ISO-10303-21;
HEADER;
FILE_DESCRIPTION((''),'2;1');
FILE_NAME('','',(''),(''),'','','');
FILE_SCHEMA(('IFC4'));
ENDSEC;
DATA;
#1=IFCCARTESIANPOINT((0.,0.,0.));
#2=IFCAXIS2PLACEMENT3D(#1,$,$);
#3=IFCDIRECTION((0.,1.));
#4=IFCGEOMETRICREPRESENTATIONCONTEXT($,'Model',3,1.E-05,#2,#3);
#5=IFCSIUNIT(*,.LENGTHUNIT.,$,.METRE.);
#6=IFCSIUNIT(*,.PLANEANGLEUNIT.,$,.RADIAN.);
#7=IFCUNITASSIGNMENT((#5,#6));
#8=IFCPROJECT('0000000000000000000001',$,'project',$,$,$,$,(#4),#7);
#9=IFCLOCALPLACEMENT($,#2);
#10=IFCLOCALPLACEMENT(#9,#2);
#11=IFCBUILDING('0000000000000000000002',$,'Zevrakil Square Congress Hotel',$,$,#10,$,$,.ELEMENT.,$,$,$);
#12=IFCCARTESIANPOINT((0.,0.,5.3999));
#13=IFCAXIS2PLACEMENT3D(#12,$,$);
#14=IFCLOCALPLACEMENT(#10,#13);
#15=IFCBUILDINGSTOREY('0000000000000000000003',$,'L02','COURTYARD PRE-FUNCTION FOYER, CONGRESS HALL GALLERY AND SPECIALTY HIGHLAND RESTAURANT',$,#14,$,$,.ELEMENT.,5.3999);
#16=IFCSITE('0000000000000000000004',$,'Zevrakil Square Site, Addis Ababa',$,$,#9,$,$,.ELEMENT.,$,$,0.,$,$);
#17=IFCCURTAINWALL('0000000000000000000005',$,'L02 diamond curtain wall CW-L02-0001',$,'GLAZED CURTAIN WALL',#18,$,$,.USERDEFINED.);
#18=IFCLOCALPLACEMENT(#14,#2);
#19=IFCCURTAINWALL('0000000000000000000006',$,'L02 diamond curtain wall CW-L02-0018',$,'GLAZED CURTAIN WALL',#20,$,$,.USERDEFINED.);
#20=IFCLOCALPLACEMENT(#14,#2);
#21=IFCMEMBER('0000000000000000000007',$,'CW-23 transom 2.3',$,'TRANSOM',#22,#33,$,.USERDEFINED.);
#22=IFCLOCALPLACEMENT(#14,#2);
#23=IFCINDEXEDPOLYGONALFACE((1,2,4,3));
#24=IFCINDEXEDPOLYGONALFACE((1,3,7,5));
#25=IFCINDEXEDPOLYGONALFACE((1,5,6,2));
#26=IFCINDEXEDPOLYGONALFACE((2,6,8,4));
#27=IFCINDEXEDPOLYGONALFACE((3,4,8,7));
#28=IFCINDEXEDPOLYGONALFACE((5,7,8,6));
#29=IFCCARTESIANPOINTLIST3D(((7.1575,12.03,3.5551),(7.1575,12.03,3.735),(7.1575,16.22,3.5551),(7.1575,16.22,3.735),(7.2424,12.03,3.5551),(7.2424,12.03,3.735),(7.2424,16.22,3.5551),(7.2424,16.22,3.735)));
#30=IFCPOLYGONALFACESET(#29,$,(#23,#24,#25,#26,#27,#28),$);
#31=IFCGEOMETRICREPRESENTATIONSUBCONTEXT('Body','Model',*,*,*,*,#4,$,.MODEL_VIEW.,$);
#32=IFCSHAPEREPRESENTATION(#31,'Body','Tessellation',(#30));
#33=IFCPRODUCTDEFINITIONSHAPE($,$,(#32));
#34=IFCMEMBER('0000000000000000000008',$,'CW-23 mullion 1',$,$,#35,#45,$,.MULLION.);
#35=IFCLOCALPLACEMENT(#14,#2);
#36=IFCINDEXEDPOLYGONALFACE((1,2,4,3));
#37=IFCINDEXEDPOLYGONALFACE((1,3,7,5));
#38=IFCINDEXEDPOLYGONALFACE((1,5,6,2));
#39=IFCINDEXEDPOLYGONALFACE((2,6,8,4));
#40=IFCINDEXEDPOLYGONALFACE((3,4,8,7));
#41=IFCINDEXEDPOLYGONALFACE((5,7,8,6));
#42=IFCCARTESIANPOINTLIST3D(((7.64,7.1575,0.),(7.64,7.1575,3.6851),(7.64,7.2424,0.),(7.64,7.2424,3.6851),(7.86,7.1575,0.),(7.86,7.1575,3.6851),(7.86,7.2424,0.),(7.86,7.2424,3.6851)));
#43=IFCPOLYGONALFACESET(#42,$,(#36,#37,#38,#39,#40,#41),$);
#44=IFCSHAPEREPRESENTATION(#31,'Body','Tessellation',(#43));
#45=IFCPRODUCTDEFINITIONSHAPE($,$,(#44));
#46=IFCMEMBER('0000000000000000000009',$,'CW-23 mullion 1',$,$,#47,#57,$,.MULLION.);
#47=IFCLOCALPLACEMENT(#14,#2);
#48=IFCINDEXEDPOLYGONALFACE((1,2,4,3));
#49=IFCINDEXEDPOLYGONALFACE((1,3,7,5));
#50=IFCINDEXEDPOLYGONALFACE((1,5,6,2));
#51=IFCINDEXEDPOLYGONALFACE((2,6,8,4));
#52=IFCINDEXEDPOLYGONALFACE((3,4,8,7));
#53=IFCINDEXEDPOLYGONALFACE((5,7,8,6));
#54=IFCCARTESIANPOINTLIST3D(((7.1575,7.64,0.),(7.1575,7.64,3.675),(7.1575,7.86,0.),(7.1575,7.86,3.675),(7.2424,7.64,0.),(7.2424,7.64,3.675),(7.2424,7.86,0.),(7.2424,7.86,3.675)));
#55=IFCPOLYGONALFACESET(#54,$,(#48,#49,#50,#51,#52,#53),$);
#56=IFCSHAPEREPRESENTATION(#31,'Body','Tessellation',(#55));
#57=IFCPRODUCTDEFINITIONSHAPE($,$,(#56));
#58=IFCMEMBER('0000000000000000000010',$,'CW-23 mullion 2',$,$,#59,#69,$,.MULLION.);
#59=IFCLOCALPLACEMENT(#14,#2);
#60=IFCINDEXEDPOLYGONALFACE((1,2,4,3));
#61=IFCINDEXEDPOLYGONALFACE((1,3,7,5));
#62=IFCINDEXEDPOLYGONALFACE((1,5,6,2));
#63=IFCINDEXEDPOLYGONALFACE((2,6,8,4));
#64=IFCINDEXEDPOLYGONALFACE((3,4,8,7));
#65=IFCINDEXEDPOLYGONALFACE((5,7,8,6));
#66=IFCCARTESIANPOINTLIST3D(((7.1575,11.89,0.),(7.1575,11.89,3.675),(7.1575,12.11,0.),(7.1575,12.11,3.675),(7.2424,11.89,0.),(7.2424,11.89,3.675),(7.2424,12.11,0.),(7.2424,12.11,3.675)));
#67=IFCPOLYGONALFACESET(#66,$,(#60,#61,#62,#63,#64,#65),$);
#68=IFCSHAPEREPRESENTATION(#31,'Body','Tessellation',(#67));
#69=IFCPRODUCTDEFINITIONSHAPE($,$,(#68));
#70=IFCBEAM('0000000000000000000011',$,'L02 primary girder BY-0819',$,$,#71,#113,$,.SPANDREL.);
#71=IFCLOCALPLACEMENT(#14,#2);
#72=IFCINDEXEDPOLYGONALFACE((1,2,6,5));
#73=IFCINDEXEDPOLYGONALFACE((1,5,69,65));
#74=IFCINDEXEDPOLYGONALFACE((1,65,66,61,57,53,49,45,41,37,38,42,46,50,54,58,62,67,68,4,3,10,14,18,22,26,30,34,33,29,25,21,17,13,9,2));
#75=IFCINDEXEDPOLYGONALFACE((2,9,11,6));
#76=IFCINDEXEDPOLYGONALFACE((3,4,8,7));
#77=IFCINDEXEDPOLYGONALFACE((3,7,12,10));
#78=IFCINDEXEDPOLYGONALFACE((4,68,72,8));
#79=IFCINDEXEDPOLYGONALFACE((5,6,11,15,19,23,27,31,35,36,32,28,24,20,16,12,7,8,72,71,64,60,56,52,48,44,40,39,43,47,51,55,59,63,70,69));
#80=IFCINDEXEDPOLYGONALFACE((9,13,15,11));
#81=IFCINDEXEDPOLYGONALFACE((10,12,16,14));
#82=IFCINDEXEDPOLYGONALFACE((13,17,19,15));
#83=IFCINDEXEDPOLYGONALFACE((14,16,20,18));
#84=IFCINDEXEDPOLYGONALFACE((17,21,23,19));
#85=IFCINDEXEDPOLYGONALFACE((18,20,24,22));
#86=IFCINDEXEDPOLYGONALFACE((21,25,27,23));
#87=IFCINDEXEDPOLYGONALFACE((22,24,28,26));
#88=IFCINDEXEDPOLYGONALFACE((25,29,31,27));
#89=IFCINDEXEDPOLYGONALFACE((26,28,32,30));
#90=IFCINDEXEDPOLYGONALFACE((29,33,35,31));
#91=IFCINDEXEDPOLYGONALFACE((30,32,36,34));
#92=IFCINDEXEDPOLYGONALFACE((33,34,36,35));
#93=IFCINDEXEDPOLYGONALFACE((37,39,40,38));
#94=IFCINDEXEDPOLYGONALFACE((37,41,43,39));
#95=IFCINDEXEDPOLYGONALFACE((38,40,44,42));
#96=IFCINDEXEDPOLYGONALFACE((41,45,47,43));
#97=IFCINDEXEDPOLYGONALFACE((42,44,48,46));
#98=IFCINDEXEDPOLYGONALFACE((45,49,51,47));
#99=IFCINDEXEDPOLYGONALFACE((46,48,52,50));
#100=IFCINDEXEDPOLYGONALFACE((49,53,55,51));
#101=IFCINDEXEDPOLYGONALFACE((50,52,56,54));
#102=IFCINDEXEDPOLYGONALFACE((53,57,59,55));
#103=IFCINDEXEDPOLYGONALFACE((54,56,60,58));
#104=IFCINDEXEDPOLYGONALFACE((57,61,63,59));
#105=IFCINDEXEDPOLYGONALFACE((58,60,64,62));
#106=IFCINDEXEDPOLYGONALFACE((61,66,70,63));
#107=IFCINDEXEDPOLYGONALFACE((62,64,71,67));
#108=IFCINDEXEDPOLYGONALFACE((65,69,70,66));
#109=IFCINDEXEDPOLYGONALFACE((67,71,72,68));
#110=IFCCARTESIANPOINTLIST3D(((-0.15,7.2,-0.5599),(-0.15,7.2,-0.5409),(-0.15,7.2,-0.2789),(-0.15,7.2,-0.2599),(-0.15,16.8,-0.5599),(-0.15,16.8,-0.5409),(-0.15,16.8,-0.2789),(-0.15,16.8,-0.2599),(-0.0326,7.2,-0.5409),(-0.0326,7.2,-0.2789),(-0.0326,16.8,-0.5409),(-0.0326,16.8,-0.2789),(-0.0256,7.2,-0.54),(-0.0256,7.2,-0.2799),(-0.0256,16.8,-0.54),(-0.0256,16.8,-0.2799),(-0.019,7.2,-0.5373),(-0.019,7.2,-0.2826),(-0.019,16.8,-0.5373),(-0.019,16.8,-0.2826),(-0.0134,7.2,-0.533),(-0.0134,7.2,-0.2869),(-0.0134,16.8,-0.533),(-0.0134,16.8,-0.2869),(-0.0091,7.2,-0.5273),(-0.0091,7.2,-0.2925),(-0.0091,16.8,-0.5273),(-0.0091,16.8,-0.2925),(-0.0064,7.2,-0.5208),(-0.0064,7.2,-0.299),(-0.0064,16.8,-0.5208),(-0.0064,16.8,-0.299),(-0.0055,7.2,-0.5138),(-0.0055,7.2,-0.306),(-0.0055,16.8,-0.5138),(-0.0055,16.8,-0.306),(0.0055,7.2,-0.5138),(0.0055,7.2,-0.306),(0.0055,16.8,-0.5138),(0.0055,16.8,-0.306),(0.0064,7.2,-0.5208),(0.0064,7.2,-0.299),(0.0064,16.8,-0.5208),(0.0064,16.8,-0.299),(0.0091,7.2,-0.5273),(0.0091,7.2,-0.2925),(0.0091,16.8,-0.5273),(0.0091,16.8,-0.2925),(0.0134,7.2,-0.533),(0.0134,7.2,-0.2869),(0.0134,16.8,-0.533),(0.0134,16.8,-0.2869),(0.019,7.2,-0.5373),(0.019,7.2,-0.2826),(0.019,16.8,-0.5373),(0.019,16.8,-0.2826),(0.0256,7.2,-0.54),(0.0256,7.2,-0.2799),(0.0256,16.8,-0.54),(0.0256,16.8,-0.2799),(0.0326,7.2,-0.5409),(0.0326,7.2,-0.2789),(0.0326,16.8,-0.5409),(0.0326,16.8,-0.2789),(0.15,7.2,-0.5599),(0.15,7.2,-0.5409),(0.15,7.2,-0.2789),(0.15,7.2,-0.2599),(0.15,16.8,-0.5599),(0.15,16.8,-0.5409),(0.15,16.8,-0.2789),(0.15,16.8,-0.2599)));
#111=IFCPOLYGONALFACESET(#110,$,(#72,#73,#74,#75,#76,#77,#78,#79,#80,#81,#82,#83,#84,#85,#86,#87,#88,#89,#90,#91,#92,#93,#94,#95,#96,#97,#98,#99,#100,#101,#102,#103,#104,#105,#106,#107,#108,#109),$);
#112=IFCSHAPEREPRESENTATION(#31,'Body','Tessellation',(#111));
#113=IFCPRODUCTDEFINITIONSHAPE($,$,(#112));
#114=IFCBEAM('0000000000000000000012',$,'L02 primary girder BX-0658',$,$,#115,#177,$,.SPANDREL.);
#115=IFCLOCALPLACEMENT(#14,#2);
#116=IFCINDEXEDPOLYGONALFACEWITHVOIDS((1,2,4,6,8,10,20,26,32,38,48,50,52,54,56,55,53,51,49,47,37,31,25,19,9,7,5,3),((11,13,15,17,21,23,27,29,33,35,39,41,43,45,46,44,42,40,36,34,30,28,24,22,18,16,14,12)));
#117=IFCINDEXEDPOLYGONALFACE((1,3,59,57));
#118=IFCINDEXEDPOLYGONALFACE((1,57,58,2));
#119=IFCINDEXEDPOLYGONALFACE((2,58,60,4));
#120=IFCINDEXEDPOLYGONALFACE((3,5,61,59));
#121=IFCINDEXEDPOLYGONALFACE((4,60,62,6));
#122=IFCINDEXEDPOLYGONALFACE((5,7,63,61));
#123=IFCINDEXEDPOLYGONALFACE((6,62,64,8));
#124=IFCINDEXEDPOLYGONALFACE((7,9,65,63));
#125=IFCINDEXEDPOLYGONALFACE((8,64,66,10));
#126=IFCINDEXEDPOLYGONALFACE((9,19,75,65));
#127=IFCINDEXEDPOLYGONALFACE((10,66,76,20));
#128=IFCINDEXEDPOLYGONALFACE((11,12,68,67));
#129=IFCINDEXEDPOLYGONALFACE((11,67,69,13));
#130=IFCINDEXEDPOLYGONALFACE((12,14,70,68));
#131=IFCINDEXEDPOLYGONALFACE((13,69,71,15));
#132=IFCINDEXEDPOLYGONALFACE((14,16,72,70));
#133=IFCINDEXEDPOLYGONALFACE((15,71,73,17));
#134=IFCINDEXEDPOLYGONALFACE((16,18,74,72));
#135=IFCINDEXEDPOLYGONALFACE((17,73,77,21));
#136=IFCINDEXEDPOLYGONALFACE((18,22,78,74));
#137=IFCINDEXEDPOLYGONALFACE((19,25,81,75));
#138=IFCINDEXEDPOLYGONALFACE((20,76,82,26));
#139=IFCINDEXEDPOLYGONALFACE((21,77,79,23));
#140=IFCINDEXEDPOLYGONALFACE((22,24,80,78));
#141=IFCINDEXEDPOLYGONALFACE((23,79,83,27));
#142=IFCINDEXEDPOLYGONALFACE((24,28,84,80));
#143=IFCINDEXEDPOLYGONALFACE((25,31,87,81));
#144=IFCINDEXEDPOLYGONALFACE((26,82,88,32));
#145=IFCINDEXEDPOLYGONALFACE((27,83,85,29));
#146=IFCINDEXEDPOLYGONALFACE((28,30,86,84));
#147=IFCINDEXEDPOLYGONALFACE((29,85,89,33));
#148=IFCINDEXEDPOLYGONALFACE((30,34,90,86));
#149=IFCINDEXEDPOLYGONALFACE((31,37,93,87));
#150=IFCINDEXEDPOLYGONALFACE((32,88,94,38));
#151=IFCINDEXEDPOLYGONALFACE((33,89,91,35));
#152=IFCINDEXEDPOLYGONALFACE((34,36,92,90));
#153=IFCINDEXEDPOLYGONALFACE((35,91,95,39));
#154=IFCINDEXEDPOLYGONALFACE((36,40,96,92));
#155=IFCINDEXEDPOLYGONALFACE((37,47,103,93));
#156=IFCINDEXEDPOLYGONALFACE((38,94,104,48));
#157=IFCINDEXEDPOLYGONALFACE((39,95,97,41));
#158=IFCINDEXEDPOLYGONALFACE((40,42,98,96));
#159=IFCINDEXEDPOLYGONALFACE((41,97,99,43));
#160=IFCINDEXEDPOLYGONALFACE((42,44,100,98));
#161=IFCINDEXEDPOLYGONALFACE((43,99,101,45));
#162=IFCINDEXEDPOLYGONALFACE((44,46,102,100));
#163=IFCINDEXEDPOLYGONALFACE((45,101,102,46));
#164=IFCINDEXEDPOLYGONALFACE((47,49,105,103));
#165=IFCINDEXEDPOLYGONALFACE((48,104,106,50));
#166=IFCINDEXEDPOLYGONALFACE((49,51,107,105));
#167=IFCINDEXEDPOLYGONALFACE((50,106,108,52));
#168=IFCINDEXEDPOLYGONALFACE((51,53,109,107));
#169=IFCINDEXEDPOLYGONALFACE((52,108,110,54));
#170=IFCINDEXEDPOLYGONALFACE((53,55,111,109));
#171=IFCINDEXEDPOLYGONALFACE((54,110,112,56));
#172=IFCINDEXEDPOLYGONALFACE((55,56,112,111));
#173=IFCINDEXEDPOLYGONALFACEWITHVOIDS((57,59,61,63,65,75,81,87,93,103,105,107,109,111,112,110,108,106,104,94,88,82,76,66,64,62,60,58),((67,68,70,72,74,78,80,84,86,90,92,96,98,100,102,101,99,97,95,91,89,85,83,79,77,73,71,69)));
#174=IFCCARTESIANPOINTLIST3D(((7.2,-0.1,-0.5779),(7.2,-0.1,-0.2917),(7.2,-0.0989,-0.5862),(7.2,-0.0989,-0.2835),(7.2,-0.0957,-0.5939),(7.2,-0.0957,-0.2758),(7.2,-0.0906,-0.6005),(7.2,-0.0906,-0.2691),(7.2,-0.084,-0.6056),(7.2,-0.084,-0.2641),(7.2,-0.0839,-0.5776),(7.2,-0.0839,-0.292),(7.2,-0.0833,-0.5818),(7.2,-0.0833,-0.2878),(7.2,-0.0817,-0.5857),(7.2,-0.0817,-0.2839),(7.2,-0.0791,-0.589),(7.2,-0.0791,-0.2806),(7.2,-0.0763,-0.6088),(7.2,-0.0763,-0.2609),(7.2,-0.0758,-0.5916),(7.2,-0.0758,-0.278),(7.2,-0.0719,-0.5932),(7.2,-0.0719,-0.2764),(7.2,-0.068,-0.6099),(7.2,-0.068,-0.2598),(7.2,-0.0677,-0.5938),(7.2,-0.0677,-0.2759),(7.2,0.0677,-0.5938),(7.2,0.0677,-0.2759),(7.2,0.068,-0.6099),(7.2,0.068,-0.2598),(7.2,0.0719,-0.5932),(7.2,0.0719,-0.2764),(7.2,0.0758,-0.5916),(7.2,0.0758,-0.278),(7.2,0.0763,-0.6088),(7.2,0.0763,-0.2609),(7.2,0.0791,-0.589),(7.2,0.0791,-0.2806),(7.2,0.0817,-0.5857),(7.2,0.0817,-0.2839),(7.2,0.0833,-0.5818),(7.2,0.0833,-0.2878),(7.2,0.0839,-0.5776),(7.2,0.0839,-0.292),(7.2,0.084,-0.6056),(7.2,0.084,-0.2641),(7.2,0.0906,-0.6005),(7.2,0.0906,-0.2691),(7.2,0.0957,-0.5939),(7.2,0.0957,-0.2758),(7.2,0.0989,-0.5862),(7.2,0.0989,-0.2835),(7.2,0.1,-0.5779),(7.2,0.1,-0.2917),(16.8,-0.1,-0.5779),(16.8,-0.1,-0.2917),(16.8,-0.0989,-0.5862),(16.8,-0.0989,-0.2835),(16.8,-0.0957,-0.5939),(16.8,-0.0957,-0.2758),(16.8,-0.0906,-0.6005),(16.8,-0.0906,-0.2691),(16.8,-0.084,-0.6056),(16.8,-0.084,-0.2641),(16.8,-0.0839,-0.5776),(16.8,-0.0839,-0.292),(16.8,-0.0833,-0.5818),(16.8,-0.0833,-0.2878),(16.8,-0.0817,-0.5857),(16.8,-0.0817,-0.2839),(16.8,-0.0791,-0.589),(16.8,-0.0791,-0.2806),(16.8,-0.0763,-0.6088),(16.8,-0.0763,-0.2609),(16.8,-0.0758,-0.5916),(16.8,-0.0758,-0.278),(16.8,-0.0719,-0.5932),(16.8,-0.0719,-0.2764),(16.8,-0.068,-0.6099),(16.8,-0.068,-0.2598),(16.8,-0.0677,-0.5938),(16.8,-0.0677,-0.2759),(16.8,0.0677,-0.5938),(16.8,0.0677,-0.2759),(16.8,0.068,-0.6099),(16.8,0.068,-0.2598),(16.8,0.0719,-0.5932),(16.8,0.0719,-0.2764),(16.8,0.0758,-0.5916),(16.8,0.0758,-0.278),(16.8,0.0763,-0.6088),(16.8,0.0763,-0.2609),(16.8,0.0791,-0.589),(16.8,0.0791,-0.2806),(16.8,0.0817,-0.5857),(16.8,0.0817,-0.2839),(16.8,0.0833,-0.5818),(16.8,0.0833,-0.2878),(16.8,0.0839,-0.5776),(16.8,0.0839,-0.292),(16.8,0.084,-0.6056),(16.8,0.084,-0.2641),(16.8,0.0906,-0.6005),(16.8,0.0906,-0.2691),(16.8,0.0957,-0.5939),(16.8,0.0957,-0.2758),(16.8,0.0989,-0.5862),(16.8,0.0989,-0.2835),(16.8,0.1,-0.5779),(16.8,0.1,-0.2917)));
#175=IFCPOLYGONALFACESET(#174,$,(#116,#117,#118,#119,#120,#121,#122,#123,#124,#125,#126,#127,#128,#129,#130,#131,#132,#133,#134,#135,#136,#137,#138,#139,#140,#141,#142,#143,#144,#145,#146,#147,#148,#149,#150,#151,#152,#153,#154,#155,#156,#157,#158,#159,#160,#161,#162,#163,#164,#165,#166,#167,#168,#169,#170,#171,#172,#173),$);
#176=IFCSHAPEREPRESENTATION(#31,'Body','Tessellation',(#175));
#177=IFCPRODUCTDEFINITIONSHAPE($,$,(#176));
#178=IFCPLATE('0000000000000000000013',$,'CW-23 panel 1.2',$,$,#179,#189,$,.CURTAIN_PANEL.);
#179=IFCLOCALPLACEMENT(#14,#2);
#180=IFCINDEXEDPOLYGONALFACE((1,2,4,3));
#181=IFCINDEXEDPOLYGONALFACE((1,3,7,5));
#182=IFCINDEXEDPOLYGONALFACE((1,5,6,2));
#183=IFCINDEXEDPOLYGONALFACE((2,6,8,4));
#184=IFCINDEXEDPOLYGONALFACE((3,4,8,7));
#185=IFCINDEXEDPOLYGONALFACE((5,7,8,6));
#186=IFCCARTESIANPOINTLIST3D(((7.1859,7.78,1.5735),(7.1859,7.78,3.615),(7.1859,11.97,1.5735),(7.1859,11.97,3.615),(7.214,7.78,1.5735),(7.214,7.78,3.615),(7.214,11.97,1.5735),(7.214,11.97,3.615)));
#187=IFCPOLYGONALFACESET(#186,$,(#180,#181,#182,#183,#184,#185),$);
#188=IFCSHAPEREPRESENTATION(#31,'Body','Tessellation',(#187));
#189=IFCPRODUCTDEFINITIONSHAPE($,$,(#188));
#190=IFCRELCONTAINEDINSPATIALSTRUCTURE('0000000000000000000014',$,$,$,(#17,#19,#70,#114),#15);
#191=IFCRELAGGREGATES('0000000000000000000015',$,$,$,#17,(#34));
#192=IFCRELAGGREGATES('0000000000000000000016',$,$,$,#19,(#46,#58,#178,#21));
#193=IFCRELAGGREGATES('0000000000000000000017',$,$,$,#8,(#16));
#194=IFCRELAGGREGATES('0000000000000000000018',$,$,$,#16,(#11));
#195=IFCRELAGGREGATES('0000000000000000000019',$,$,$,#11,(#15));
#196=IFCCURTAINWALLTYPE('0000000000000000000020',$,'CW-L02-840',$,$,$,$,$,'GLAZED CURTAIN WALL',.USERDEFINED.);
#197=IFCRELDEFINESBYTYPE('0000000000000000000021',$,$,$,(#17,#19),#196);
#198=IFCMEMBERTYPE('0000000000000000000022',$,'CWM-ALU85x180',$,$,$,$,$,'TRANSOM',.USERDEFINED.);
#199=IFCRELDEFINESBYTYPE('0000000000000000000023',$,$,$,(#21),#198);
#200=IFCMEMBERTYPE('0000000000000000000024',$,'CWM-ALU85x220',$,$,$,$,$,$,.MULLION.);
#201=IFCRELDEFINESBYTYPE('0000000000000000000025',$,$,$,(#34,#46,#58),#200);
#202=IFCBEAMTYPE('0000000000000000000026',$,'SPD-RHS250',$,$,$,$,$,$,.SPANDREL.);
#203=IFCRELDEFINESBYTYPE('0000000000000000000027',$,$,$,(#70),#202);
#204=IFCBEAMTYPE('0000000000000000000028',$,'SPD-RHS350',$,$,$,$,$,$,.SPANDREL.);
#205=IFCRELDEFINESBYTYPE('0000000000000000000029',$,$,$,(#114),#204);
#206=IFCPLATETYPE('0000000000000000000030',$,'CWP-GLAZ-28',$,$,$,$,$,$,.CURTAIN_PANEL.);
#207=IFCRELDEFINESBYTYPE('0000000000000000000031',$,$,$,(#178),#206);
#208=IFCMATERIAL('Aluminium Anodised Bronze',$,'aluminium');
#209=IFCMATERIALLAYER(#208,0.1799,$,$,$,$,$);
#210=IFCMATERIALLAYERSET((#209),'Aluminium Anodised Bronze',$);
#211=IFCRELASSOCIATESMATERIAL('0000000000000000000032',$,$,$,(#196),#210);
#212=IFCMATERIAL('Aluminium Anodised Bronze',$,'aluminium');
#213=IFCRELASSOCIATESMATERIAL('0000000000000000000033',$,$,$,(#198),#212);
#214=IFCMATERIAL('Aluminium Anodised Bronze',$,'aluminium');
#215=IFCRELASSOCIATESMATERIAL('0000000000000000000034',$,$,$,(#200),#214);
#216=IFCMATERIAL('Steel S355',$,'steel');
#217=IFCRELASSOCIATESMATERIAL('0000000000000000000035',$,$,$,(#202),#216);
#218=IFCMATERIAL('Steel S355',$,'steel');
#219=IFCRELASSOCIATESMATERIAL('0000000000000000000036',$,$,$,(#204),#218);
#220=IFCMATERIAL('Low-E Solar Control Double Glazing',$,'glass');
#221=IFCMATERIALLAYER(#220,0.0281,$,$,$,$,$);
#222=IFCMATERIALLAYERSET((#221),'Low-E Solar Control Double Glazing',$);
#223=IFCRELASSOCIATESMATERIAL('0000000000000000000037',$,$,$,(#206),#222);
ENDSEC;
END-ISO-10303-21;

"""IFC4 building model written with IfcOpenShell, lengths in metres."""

from ifc_helpers import new_model, si_unit, direction, frame, origin, origin_2d, place, context, subcontext, project, spatial, rectangle, hollow_rectangle, i_section, extrude, material, layer, layer_set, material_profile, profile_set, type_object, element, aggregate, save


model = new_model("IFC4")

# Units and contexts
model_context = context("Model", 3, precision=1e-05, world=origin(), true_north=direction((0.0, 1.0)))
body_context = subcontext(model_context, "Body", "Model", "MODEL_VIEW")
ifc_project = project(units=[si_unit("LENGTHUNIT", "METRE"), si_unit("PLANEANGLEUNIT", "RADIAN")], contexts=[model_context])

# Site, building, storey
site_placement = place(None, origin())
site = spatial("IfcSite", under=ifc_project, at=site_placement, Name="Zevrakil Square Site, Addis Ababa", CompositionType="ELEMENT", RefElevation=0.0)
building_placement = place(site_placement, origin())
building = spatial("IfcBuilding", under=site, at=building_placement, Name="Zevrakil Square Congress Hotel", CompositionType="ELEMENT")
storey_placement = place(building_placement, frame((0.0, 0.0, 5.3999)))
storey = spatial("IfcBuildingStorey", under=building, at=storey_placement, Name="L02", Description="COURTYARD PRE-FUNCTION FOYER, CONGRESS HALL GALLERY AND SPECIALTY HIGHLAND RESTAURANT", CompositionType="ELEMENT", Elevation=5.3999)

# Curtain walls, member
ifc_material_1 = material(Name="Aluminium Anodised Bronze", Category="aluminium")
ifc_layer_1 = layer(ifc_material_1, 0.1799)
ifc_layer_set_1 = layer_set([ifc_layer_1], Name="Aluminium Anodised Bronze")
curtain_wall_type = type_object("IfcCurtainWallType", Name="CW-L02-840", ElementType="GLAZED CURTAIN WALL", PredefinedType="USERDEFINED", material=ifc_layer_set_1)
curtain_wall_1_placement = place(storey_placement, origin())
curtain_wall_1 = element("IfcCurtainWall", 1, at=curtain_wall_1_placement, inside=storey, type_object=curtain_wall_type, Name="L02 diamond curtain wall CW-L02-0001", ObjectType="GLAZED CURTAIN WALL", PredefinedType="USERDEFINED")
ifc_material_2 = material(Name="Aluminium Anodised Bronze", Category="aluminium")
ifc_material_profile_1 = material_profile(ifc_material_2, rectangle(XDim=0.085, YDim=0.1799, at=origin_2d()), Name="ALU 85x180")
ifc_profile_set_1 = profile_set([ifc_material_profile_1], Name="Aluminium Anodised Bronze")
member_type_1 = type_object("IfcMemberType", Name="CWM-ALU85x180", ElementType="TRANSOM", PredefinedType="USERDEFINED", material=ifc_profile_set_1)
curtain_wall_2_placement = place(storey_placement, origin())
curtain_wall_2 = element("IfcCurtainWall", 2, at=curtain_wall_2_placement, inside=storey, type_object=curtain_wall_type, Name="L02 diamond curtain wall CW-L02-0018", ObjectType="GLAZED CURTAIN WALL", PredefinedType="USERDEFINED")
member_1_placement = place(storey_placement, frame((7.2, 12.03, 3.645), z_axis=(0.0, 1.0, 0.0), x_axis=(-1.0, 0.0, 0.0)))
member_1 = element("IfcMember", 3, at=member_1_placement, type_object=member_type_1, Name="CW-23 transom 2.3", ObjectType="TRANSOM", PredefinedType="USERDEFINED", context=body_context, shape_type="SweptSolid", body=[
    extrude(rectangle(XDim=0.085, YDim=0.1799, at=origin_2d()), origin(), (0.0, 0.0, 1.0), 4.1899),
])

# Members
ifc_material_3 = material(Name="Aluminium Anodised Bronze", Category="aluminium")
ifc_material_profile_2 = material_profile(ifc_material_3, rectangle(XDim=0.085, YDim=0.22, at=origin_2d()), Name="ALU 85x220")
ifc_profile_set_2 = profile_set([ifc_material_profile_2], Name="Aluminium Anodised Bronze")
member_type_2 = type_object("IfcMemberType", Name="CWM-ALU85x220", PredefinedType="MULLION", material=ifc_profile_set_2)
member_2_placement = place(storey_placement, frame((7.75, 7.2, 0.0), z_axis=(0.0, 0.0, 1.0), x_axis=(0.0, 1.0, 0.0)))
member_2 = element("IfcMember", 4, at=member_2_placement, type_object=member_type_2, Name="CW-23 mullion 1", PredefinedType="MULLION", context=body_context, shape_type="SweptSolid", body=[
    extrude(rectangle(XDim=0.085, YDim=0.22, at=origin_2d()), origin(), (0.0, 0.0, 1.0), 3.6851),
])
aggregate(curtain_wall_1, [member_2])
member_3_placement = place(storey_placement, frame((7.2, 7.75, 0.0), z_axis=(0.0, 0.0, 1.0), x_axis=(-1.0, 0.0, 0.0)))
member_3 = element("IfcMember", 5, at=member_3_placement, type_object=member_type_2, Name="CW-23 mullion 1", PredefinedType="MULLION", context=body_context, shape_type="SweptSolid", body=[
    extrude(rectangle(XDim=0.085, YDim=0.22, at=origin_2d()), origin(), (0.0, 0.0, 1.0), 3.675),
])
member_4_placement = place(storey_placement, frame((7.2, 12.0, 0.0), z_axis=(0.0, 0.0, 1.0), x_axis=(-1.0, 0.0, 0.0)))
member_4 = element("IfcMember", 6, at=member_4_placement, type_object=member_type_2, Name="CW-23 mullion 2", PredefinedType="MULLION", context=body_context, shape_type="SweptSolid", body=[
    extrude(rectangle(XDim=0.085, YDim=0.22, at=origin_2d()), origin(), (0.0, 0.0, 1.0), 3.675),
])

# Beams
ifc_material_4 = material(Name="Steel S355", Category="steel")
ifc_material_profile_3 = material_profile(ifc_material_4, i_section(OverallWidth=0.3, OverallDepth=0.3, WebThickness=0.011, FlangeThickness=0.019, FilletRadius=0.0271, at=origin_2d()), Name="HEB 300")
ifc_profile_set_3 = profile_set([ifc_material_profile_3], Name="Steel S355")
beam_type_1 = type_object("IfcBeamType", Name="SPD-RHS250", PredefinedType="SPANDREL", material=ifc_profile_set_3)
beam_1_placement = place(storey_placement, frame((0.0, 7.2, -0.4099), z_axis=(0.0, 1.0, 0.0), x_axis=(-1.0, 0.0, 0.0)))
element("IfcBeam", 7, at=beam_1_placement, inside=storey, type_object=beam_type_1, Name="L02 primary girder BY-0819", PredefinedType="SPANDREL", context=body_context, shape_type="SweptSolid", body=[
    extrude(i_section(OverallWidth=0.3, OverallDepth=0.3, WebThickness=0.011, FlangeThickness=0.019, FilletRadius=0.0271, at=origin_2d()), origin(), (0.0, 0.0, 1.0), 9.6001),
])
ifc_material_5 = material(Name="Steel S355", Category="steel")
ifc_material_profile_4 = material_profile(ifc_material_5, hollow_rectangle(XDim=0.2, YDim=0.3501, WallThickness=0.0161, InnerFilletRadius=0.0161, OuterFilletRadius=0.032, at=origin_2d()), Name="RHS 350x200x16")
ifc_profile_set_4 = profile_set([ifc_material_profile_4], Name="Steel S355")
beam_type_2 = type_object("IfcBeamType", Name="SPD-RHS350", PredefinedType="SPANDREL", material=ifc_profile_set_4)
beam_2_placement = place(storey_placement, frame((7.2, 0.0, -0.4348), z_axis=(1.0, 0.0, 0.0), x_axis=(0.0, 1.0, 0.0)))
element("IfcBeam", 8, at=beam_2_placement, inside=storey, type_object=beam_type_2, Name="L02 primary girder BX-0658", PredefinedType="SPANDREL", context=body_context, shape_type="SweptSolid", body=[
    extrude(hollow_rectangle(XDim=0.2, YDim=0.3501, WallThickness=0.0161, InnerFilletRadius=0.0161, OuterFilletRadius=0.032, at=origin_2d()), origin(), (0.0, 0.0, 1.0), 9.6001),
])

# Plate
ifc_material_6 = material(Name="Low-E Solar Control Double Glazing", Category="glass")
ifc_layer_2 = layer(ifc_material_6, 0.0281)
ifc_layer_set_2 = layer_set([ifc_layer_2], Name="Low-E Solar Control Double Glazing")
plate_type_1 = type_object("IfcPlateType", Name="CWP-GLAZ-28", PredefinedType="CURTAIN_PANEL", material=ifc_layer_set_2)
plate_1_placement = place(storey_placement, frame((7.2, 9.875, 1.5735), z_axis=(0.0, 0.0, 1.0), x_axis=(0.0, 1.0, 0.0)))
plate_1 = element("IfcPlate", 9, at=plate_1_placement, type_object=plate_type_1, Name="CW-23 panel 1.2", PredefinedType="CURTAIN_PANEL", context=body_context, shape_type="SweptSolid", body=[
    extrude(rectangle(XDim=4.1899, YDim=0.0281, at=origin_2d()), origin(), (0.0, 0.0, 1.0), 2.0415),
])
aggregate(curtain_wall_2, [member_3, member_4, plate_1, member_1])

save(model, "model.ifc")
